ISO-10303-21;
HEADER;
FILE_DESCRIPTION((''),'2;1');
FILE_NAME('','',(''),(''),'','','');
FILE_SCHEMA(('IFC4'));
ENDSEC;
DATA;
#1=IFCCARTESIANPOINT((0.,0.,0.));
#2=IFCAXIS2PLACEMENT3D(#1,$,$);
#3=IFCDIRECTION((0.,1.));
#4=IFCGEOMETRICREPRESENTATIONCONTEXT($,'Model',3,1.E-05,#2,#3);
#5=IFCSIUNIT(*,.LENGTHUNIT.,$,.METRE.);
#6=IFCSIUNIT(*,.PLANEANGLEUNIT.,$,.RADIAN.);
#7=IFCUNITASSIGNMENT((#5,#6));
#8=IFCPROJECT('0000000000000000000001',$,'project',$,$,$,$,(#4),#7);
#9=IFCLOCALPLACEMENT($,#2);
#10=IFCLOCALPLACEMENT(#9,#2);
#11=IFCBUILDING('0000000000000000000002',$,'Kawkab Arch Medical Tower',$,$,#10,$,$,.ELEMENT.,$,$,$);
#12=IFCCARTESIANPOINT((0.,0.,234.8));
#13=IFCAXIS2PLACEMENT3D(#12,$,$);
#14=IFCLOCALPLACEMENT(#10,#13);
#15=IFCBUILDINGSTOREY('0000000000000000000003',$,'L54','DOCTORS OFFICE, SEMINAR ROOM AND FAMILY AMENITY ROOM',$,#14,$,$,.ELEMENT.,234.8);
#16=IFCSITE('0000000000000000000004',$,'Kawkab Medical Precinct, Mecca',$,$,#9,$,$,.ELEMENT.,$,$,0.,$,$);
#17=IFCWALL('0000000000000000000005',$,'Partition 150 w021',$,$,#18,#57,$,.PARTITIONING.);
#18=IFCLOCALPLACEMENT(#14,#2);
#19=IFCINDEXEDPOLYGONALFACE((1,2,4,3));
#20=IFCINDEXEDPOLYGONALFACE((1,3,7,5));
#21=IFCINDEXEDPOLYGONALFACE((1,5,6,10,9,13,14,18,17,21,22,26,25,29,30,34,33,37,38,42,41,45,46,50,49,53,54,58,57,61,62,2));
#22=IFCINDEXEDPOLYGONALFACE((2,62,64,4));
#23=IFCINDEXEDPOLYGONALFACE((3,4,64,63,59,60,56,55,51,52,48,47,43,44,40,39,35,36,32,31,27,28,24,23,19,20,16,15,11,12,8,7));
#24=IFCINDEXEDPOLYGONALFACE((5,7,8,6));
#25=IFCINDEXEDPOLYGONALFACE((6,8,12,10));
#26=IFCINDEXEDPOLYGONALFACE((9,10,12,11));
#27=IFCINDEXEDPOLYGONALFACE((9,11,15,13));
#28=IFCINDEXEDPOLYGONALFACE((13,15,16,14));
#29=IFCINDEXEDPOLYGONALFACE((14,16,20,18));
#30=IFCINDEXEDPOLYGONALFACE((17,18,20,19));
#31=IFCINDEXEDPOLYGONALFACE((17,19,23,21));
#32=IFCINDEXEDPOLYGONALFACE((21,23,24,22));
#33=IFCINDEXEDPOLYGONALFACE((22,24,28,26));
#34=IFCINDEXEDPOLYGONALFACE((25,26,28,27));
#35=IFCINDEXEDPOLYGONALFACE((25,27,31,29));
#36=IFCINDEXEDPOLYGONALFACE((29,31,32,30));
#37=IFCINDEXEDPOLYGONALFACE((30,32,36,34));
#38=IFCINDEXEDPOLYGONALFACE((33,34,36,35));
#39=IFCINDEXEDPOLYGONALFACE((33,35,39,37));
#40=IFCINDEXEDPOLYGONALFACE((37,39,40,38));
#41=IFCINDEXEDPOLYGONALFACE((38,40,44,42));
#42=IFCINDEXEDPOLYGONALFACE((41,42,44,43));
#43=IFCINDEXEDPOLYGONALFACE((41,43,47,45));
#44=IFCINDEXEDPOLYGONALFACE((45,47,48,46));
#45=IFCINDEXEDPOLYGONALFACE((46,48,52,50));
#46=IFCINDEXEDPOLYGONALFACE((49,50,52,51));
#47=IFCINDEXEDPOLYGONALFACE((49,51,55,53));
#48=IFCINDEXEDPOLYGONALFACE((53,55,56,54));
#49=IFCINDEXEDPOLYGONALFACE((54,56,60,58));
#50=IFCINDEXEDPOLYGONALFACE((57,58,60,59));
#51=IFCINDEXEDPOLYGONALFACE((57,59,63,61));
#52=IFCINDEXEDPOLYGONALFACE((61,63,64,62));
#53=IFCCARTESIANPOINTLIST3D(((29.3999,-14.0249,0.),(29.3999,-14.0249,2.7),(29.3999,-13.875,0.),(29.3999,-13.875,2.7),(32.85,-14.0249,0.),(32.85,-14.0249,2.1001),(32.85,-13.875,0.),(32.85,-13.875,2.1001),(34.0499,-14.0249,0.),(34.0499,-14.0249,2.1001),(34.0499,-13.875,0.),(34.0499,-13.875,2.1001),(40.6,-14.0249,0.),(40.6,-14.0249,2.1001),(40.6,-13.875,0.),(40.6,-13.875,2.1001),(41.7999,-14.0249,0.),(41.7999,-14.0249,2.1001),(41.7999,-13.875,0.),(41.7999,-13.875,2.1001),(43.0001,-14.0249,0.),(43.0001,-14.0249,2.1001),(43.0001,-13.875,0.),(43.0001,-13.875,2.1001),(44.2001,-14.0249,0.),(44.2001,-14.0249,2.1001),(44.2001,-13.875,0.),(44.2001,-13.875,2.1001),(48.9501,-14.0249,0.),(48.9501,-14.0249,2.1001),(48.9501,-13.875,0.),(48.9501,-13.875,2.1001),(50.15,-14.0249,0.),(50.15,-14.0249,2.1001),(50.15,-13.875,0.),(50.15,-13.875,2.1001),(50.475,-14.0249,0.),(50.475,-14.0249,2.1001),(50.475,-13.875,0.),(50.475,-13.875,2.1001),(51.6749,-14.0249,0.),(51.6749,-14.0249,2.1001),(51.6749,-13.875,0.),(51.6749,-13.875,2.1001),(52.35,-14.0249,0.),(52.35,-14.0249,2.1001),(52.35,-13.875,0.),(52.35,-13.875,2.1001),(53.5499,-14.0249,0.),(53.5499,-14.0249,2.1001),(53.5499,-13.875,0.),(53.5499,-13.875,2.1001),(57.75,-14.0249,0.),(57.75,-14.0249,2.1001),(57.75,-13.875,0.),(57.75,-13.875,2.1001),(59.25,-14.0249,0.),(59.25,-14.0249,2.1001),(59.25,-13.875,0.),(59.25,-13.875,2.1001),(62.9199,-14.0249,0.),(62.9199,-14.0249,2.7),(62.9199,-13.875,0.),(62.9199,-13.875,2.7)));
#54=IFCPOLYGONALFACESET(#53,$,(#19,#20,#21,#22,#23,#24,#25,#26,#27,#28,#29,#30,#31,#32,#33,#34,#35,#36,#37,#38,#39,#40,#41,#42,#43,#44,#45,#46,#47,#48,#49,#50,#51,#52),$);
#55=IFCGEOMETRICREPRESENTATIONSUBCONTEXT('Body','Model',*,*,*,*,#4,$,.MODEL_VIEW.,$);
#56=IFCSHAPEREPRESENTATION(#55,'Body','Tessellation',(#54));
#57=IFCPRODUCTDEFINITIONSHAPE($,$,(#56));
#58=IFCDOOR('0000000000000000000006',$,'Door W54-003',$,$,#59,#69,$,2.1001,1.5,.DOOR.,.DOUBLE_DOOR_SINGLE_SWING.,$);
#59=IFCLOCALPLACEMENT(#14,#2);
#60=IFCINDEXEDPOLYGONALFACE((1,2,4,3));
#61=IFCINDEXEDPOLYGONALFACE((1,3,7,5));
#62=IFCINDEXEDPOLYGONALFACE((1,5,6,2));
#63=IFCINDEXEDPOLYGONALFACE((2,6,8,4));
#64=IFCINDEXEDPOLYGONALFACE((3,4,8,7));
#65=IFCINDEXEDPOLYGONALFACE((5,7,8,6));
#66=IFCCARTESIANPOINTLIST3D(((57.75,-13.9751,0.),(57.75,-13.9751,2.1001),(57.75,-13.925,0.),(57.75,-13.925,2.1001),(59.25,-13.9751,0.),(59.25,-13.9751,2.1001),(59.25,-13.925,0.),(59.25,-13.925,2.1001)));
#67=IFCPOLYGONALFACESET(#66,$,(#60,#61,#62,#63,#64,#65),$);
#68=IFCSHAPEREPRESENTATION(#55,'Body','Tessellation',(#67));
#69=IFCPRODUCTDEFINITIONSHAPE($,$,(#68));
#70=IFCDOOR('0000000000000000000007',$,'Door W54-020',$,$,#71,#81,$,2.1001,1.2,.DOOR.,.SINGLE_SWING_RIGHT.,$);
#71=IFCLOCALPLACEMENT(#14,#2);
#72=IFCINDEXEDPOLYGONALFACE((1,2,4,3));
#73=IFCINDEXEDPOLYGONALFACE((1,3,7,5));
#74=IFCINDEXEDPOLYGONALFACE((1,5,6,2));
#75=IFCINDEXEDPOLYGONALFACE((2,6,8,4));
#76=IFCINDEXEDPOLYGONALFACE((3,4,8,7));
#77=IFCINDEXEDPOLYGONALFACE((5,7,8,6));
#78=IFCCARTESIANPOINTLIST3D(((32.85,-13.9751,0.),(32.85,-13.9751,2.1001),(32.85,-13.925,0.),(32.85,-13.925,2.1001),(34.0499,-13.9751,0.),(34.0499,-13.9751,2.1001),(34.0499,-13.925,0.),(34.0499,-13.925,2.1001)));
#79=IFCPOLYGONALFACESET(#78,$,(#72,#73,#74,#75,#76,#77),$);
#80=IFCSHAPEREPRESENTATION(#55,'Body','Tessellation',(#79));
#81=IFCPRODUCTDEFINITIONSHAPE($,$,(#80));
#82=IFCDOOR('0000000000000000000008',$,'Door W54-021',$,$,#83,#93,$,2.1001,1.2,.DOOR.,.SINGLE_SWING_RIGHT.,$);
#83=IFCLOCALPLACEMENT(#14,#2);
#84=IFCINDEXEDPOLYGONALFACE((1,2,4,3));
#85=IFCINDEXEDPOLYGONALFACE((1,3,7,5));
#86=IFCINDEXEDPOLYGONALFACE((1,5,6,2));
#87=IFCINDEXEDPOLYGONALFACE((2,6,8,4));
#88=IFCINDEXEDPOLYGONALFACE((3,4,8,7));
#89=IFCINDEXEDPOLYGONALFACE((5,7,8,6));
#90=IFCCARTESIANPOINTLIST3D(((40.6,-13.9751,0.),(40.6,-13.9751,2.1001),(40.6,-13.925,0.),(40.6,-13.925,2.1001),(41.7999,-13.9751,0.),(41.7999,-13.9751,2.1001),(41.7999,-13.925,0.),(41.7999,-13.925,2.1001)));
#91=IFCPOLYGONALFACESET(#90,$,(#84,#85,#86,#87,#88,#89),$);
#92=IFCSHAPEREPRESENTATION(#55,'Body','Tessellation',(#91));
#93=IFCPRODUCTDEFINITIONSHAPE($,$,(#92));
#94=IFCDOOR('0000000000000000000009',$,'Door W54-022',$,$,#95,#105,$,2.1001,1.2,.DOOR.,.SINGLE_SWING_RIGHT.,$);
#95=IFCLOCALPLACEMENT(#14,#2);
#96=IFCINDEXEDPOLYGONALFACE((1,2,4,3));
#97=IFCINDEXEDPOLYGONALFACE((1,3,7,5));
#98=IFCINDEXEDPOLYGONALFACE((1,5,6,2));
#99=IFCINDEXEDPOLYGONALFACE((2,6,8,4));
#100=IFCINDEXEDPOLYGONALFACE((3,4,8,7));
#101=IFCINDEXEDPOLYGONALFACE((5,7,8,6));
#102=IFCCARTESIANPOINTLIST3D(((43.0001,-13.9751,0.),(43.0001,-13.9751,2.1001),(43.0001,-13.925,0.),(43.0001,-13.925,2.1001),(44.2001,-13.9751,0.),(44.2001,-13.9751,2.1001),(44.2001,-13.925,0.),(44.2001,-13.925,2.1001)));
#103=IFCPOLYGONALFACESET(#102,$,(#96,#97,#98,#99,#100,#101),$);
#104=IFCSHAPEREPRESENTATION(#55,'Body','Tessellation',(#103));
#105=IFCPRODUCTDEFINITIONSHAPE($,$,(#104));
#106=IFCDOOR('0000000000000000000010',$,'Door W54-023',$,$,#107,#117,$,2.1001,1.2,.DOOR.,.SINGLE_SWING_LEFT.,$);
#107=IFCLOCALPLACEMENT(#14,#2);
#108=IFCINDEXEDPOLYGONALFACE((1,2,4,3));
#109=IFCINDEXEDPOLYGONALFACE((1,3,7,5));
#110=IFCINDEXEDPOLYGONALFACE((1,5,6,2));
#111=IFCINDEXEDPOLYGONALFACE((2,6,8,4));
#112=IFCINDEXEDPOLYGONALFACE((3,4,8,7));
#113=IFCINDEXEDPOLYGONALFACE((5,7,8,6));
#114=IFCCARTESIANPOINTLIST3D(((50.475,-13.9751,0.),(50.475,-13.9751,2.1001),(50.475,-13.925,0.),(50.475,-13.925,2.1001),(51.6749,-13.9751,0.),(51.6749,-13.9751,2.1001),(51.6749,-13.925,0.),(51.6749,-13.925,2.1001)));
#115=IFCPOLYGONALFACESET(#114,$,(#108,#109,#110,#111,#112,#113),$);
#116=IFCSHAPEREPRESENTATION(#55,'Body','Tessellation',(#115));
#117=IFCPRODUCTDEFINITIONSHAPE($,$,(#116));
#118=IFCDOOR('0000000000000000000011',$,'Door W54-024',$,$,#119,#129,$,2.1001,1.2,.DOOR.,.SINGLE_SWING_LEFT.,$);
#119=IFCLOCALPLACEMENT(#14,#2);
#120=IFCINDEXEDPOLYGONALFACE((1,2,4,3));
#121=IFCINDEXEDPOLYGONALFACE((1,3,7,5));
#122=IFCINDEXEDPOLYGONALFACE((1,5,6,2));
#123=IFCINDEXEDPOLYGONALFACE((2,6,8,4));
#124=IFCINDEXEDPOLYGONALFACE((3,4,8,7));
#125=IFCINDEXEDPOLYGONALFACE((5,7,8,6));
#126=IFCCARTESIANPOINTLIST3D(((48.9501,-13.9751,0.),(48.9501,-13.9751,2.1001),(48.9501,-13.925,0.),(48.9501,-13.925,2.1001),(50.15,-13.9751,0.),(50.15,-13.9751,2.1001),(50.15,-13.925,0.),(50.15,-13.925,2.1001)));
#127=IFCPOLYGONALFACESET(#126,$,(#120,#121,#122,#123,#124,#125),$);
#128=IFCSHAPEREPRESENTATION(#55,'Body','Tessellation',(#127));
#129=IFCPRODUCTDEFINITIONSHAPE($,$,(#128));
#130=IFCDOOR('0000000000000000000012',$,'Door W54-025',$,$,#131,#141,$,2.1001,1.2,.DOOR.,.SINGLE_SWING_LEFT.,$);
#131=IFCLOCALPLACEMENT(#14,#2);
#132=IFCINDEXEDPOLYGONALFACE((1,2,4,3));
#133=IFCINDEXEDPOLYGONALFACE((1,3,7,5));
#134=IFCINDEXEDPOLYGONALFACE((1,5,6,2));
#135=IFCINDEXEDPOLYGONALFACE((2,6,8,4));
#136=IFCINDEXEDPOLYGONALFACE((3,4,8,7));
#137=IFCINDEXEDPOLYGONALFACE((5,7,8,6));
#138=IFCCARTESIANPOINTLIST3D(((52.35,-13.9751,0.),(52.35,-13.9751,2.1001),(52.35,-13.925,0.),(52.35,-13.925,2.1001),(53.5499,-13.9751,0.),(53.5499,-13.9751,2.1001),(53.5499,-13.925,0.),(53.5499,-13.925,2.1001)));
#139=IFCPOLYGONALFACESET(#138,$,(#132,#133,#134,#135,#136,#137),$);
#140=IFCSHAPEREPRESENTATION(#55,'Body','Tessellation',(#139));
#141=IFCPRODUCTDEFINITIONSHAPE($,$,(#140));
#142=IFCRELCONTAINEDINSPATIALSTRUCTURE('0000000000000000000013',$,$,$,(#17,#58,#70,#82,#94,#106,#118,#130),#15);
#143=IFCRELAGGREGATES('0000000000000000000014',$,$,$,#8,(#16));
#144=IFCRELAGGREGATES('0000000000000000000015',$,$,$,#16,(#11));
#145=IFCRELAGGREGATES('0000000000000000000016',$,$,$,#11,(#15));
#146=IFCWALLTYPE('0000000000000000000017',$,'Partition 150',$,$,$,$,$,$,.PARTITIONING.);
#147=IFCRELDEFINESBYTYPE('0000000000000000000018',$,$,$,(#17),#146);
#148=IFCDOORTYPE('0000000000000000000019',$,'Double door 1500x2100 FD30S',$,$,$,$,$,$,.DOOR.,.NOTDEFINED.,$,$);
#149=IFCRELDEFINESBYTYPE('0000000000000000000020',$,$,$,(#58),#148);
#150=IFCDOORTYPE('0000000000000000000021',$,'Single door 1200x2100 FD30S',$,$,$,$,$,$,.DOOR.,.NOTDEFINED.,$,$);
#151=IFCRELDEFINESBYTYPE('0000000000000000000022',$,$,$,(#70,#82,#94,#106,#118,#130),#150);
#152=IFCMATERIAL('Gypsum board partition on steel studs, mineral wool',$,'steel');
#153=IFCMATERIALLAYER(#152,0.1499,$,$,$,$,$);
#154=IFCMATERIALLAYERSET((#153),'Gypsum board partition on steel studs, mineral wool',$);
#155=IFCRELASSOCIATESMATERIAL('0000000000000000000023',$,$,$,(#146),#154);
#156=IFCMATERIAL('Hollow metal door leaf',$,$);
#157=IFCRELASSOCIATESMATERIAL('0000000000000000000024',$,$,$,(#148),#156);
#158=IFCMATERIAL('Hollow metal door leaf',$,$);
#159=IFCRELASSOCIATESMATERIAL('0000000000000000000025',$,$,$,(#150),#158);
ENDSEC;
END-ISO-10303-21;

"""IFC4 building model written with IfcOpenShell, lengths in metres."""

from ifc_helpers import new_model, si_unit, direction, frame, frame_2d, origin, place, context, subcontext, project, spatial, rectangle, extrude, material, layer, layer_set, type_object, element, fill, save


model = new_model("IFC4")

# Units and contexts
model_context = context("Model", 3, precision=1e-05, world=origin(), true_north=direction((0.0, 1.0)))
body_context = subcontext(model_context, "Body", "Model", "MODEL_VIEW")
ifc_project = project(units=[si_unit("LENGTHUNIT", "METRE"), si_unit("PLANEANGLEUNIT", "RADIAN")], contexts=[model_context])

# Site, building, storey
site_placement = place(None, origin())
site = spatial("IfcSite", under=ifc_project, at=site_placement, Name="Kawkab Medical Precinct, Mecca", CompositionType="ELEMENT", RefElevation=0.0)
building_placement = place(site_placement, origin())
building = spatial("IfcBuilding", under=site, at=building_placement, Name="Kawkab Arch Medical Tower", CompositionType="ELEMENT")
storey_placement = place(building_placement, frame((0.0, 0.0, 234.8)))
storey = spatial("IfcBuildingStorey", under=building, at=storey_placement, Name="L54", Description="DOCTORS OFFICE, SEMINAR ROOM AND FAMILY AMENITY ROOM", CompositionType="ELEMENT", Elevation=234.8)

# Wall, openings, doors
ifc_material_1 = material(Name="Gypsum board partition on steel studs, mineral wool", Category="steel")
ifc_layer_1 = layer(ifc_material_1, 0.1499)
ifc_layer_set_1 = layer_set([ifc_layer_1], Name="Gypsum board partition on steel studs, mineral wool")
wall_type_1 = type_object("IfcWallType", Name="Partition 150", PredefinedType="PARTITIONING", material=ifc_layer_set_1)
wall_1_placement = place(storey_placement, frame((29.3999, -13.95, 0.0), z_axis=(0.0, 0.0, 1.0), x_axis=(1.0, 0.0, 0.0)))
wall_1 = element("IfcWall", 1, at=wall_1_placement, inside=storey, type_object=wall_type_1, Name="Partition 150 w021", PredefinedType="PARTITIONING", context=body_context, shape_type="SweptSolid", body=[
    extrude(rectangle(XDim=33.52, YDim=0.1499, at=frame_2d((16.76, 0.0))), origin(), (0.0, 0.0, 1.0), 2.7),
])
opening_1_placement = place(wall_1_placement, frame((3.45, 0.0, 0.0)))
opening_1 = element("IfcOpeningElement", 2, at=opening_1_placement, cuts=wall_1, PredefinedType="OPENING", context=body_context, shape_type="SweptSolid", body=[
    extrude(rectangle(XDim=1.2, YDim=2.1001, at=frame_2d((0.6001, 1.05))), frame((0.0, 0.085, 0.0), z_axis=(0.0, -1.0, 0.0), x_axis=(1.0, 0.0, 0.0)), (0.0, 0.0, 1.0), 0.1699),
])
opening_2_placement = place(wall_1_placement, frame((11.2, 0.0, 0.0)))
opening_2 = element("IfcOpeningElement", 3, at=opening_2_placement, cuts=wall_1, PredefinedType="OPENING", context=body_context, shape_type="SweptSolid", body=[
    extrude(rectangle(XDim=1.2, YDim=2.1001, at=frame_2d((0.6001, 1.05))), frame((0.0, 0.085, 0.0), z_axis=(0.0, -1.0, 0.0), x_axis=(1.0, 0.0, 0.0)), (0.0, 0.0, 1.0), 0.1699),
])
opening_3_placement = place(wall_1_placement, frame((13.6001, 0.0, 0.0)))
opening_3 = element("IfcOpeningElement", 4, at=opening_3_placement, cuts=wall_1, PredefinedType="OPENING", context=body_context, shape_type="SweptSolid", body=[
    extrude(rectangle(XDim=1.2, YDim=2.1001, at=frame_2d((0.6001, 1.05))), frame((0.0, 0.085, 0.0), z_axis=(0.0, -1.0, 0.0), x_axis=(1.0, 0.0, 0.0)), (0.0, 0.0, 1.0), 0.1699),
])
opening_4_placement = place(wall_1_placement, frame((21.075, 0.0, 0.0)))
opening_4 = element("IfcOpeningElement", 5, at=opening_4_placement, cuts=wall_1, PredefinedType="OPENING", context=body_context, shape_type="SweptSolid", body=[
    extrude(rectangle(XDim=1.2, YDim=2.1001, at=frame_2d((0.6001, 1.05))), frame((0.0, 0.085, 0.0), z_axis=(0.0, -1.0, 0.0), x_axis=(1.0, 0.0, 0.0)), (0.0, 0.0, 1.0), 0.1699),
])
opening_5_placement = place(wall_1_placement, frame((19.55, 0.0, 0.0)))
opening_5 = element("IfcOpeningElement", 6, at=opening_5_placement, cuts=wall_1, PredefinedType="OPENING", context=body_context, shape_type="SweptSolid", body=[
    extrude(rectangle(XDim=1.2, YDim=2.1001, at=frame_2d((0.6001, 1.05))), frame((0.0, 0.085, 0.0), z_axis=(0.0, -1.0, 0.0), x_axis=(1.0, 0.0, 0.0)), (0.0, 0.0, 1.0), 0.1699),
])
opening_6_placement = place(wall_1_placement, frame((22.95, 0.0, 0.0)))
opening_6 = element("IfcOpeningElement", 7, at=opening_6_placement, cuts=wall_1, PredefinedType="OPENING", context=body_context, shape_type="SweptSolid", body=[
    extrude(rectangle(XDim=1.2, YDim=2.1001, at=frame_2d((0.6001, 1.05))), frame((0.0, 0.085, 0.0), z_axis=(0.0, -1.0, 0.0), x_axis=(1.0, 0.0, 0.0)), (0.0, 0.0, 1.0), 0.1699),
])
opening_7_placement = place(wall_1_placement, frame((28.3501, 0.0, 0.0)))
opening_7 = element("IfcOpeningElement", 8, at=opening_7_placement, cuts=wall_1, PredefinedType="OPENING", context=body_context, shape_type="SweptSolid", body=[
    extrude(rectangle(XDim=1.5, YDim=2.1001, at=frame_2d((0.75, 1.05))), frame((0.0, 0.085, 0.0), z_axis=(0.0, -1.0, 0.0), x_axis=(1.0, 0.0, 0.0)), (0.0, 0.0, 1.0), 0.1699),
])
ifc_material_2 = material(Name="Hollow metal door leaf")
door_type_1 = type_object("IfcDoorType", Name="Double door 1500x2100 FD30S", OperationType="NOTDEFINED", PredefinedType="DOOR", material=ifc_material_2)
door_1_placement = place(opening_7_placement, origin())
door_1 = element("IfcDoor", 9, at=door_1_placement, inside=storey, type_object=door_type_1, Name="Door W54-003", OperationType="DOUBLE_DOOR_SINGLE_SWING", OverallHeight=2.1001, OverallWidth=1.5, PredefinedType="DOOR", context=body_context, shape_type="SweptSolid", body=[
    extrude(rectangle(XDim=1.5, YDim=2.1001, at=frame_2d((0.75, 1.05))), frame((0.0, 0.0249, 0.0), z_axis=(0.0, -1.0, 0.0), x_axis=(1.0, 0.0, 0.0)), (0.0, 0.0, 1.0), 0.05),
])
fill(opening_7, door_1)
ifc_material_3 = material(Name="Hollow metal door leaf")
door_type_2 = type_object("IfcDoorType", Name="Single door 1200x2100 FD30S", OperationType="NOTDEFINED", PredefinedType="DOOR", material=ifc_material_3)
door_2_placement = place(opening_1_placement, origin())
door_2 = element("IfcDoor", 10, at=door_2_placement, inside=storey, type_object=door_type_2, Name="Door W54-020", OperationType="SINGLE_SWING_RIGHT", OverallHeight=2.1001, OverallWidth=1.2, PredefinedType="DOOR", context=body_context, shape_type="SweptSolid", body=[
    extrude(rectangle(XDim=1.2, YDim=2.1001, at=frame_2d((0.6001, 1.05))), frame((0.0, 0.0249, 0.0), z_axis=(0.0, -1.0, 0.0), x_axis=(1.0, 0.0, 0.0)), (0.0, 0.0, 1.0), 0.05),
])
fill(opening_1, door_2)
door_3_placement = place(opening_2_placement, origin())
door_3 = element("IfcDoor", 11, at=door_3_placement, inside=storey, type_object=door_type_2, Name="Door W54-021", OperationType="SINGLE_SWING_RIGHT", OverallHeight=2.1001, OverallWidth=1.2, PredefinedType="DOOR", context=body_context, shape_type="SweptSolid", body=[
    extrude(rectangle(XDim=1.2, YDim=2.1001, at=frame_2d((0.6001, 1.05))), frame((0.0, 0.0249, 0.0), z_axis=(0.0, -1.0, 0.0), x_axis=(1.0, 0.0, 0.0)), (0.0, 0.0, 1.0), 0.05),
])
fill(opening_2, door_3)
door_4_placement = place(opening_3_placement, origin())
door_4 = element("IfcDoor", 12, at=door_4_placement, inside=storey, type_object=door_type_2, Name="Door W54-022", OperationType="SINGLE_SWING_RIGHT", OverallHeight=2.1001, OverallWidth=1.2, PredefinedType="DOOR", context=body_context, shape_type="SweptSolid", body=[
    extrude(rectangle(XDim=1.2, YDim=2.1001, at=frame_2d((0.6001, 1.05))), frame((0.0, 0.0249, 0.0), z_axis=(0.0, -1.0, 0.0), x_axis=(1.0, 0.0, 0.0)), (0.0, 0.0, 1.0), 0.05),
])
fill(opening_3, door_4)
door_5_placement = place(opening_4_placement, origin())
door_5 = element("IfcDoor", 13, at=door_5_placement, inside=storey, type_object=door_type_2, Name="Door W54-023", OperationType="SINGLE_SWING_LEFT", OverallHeight=2.1001, OverallWidth=1.2, PredefinedType="DOOR", context=body_context, shape_type="SweptSolid", body=[
    extrude(rectangle(XDim=1.2, YDim=2.1001, at=frame_2d((0.6001, 1.05))), frame((0.0, 0.0249, 0.0), z_axis=(0.0, -1.0, 0.0), x_axis=(1.0, 0.0, 0.0)), (0.0, 0.0, 1.0), 0.05),
])
fill(opening_4, door_5)
door_6_placement = place(opening_5_placement, origin())
door_6 = element("IfcDoor", 14, at=door_6_placement, inside=storey, type_object=door_type_2, Name="Door W54-024", OperationType="SINGLE_SWING_LEFT", OverallHeight=2.1001, OverallWidth=1.2, PredefinedType="DOOR", context=body_context, shape_type="SweptSolid", body=[
    extrude(rectangle(XDim=1.2, YDim=2.1001, at=frame_2d((0.6001, 1.05))), frame((0.0, 0.0249, 0.0), z_axis=(0.0, -1.0, 0.0), x_axis=(1.0, 0.0, 0.0)), (0.0, 0.0, 1.0), 0.05),
])
fill(opening_5, door_6)
door_7_placement = place(opening_6_placement, origin())
door_7 = element("IfcDoor", 15, at=door_7_placement, inside=storey, type_object=door_type_2, Name="Door W54-025", OperationType="SINGLE_SWING_LEFT", OverallHeight=2.1001, OverallWidth=1.2, PredefinedType="DOOR", context=body_context, shape_type="SweptSolid", body=[
    extrude(rectangle(XDim=1.2, YDim=2.1001, at=frame_2d((0.6001, 1.05))), frame((0.0, 0.0249, 0.0), z_axis=(0.0, -1.0, 0.0), x_axis=(1.0, 0.0, 0.0)), (0.0, 0.0, 1.0), 0.05),
])
fill(opening_6, door_7)

save(model, "model.ifc")
